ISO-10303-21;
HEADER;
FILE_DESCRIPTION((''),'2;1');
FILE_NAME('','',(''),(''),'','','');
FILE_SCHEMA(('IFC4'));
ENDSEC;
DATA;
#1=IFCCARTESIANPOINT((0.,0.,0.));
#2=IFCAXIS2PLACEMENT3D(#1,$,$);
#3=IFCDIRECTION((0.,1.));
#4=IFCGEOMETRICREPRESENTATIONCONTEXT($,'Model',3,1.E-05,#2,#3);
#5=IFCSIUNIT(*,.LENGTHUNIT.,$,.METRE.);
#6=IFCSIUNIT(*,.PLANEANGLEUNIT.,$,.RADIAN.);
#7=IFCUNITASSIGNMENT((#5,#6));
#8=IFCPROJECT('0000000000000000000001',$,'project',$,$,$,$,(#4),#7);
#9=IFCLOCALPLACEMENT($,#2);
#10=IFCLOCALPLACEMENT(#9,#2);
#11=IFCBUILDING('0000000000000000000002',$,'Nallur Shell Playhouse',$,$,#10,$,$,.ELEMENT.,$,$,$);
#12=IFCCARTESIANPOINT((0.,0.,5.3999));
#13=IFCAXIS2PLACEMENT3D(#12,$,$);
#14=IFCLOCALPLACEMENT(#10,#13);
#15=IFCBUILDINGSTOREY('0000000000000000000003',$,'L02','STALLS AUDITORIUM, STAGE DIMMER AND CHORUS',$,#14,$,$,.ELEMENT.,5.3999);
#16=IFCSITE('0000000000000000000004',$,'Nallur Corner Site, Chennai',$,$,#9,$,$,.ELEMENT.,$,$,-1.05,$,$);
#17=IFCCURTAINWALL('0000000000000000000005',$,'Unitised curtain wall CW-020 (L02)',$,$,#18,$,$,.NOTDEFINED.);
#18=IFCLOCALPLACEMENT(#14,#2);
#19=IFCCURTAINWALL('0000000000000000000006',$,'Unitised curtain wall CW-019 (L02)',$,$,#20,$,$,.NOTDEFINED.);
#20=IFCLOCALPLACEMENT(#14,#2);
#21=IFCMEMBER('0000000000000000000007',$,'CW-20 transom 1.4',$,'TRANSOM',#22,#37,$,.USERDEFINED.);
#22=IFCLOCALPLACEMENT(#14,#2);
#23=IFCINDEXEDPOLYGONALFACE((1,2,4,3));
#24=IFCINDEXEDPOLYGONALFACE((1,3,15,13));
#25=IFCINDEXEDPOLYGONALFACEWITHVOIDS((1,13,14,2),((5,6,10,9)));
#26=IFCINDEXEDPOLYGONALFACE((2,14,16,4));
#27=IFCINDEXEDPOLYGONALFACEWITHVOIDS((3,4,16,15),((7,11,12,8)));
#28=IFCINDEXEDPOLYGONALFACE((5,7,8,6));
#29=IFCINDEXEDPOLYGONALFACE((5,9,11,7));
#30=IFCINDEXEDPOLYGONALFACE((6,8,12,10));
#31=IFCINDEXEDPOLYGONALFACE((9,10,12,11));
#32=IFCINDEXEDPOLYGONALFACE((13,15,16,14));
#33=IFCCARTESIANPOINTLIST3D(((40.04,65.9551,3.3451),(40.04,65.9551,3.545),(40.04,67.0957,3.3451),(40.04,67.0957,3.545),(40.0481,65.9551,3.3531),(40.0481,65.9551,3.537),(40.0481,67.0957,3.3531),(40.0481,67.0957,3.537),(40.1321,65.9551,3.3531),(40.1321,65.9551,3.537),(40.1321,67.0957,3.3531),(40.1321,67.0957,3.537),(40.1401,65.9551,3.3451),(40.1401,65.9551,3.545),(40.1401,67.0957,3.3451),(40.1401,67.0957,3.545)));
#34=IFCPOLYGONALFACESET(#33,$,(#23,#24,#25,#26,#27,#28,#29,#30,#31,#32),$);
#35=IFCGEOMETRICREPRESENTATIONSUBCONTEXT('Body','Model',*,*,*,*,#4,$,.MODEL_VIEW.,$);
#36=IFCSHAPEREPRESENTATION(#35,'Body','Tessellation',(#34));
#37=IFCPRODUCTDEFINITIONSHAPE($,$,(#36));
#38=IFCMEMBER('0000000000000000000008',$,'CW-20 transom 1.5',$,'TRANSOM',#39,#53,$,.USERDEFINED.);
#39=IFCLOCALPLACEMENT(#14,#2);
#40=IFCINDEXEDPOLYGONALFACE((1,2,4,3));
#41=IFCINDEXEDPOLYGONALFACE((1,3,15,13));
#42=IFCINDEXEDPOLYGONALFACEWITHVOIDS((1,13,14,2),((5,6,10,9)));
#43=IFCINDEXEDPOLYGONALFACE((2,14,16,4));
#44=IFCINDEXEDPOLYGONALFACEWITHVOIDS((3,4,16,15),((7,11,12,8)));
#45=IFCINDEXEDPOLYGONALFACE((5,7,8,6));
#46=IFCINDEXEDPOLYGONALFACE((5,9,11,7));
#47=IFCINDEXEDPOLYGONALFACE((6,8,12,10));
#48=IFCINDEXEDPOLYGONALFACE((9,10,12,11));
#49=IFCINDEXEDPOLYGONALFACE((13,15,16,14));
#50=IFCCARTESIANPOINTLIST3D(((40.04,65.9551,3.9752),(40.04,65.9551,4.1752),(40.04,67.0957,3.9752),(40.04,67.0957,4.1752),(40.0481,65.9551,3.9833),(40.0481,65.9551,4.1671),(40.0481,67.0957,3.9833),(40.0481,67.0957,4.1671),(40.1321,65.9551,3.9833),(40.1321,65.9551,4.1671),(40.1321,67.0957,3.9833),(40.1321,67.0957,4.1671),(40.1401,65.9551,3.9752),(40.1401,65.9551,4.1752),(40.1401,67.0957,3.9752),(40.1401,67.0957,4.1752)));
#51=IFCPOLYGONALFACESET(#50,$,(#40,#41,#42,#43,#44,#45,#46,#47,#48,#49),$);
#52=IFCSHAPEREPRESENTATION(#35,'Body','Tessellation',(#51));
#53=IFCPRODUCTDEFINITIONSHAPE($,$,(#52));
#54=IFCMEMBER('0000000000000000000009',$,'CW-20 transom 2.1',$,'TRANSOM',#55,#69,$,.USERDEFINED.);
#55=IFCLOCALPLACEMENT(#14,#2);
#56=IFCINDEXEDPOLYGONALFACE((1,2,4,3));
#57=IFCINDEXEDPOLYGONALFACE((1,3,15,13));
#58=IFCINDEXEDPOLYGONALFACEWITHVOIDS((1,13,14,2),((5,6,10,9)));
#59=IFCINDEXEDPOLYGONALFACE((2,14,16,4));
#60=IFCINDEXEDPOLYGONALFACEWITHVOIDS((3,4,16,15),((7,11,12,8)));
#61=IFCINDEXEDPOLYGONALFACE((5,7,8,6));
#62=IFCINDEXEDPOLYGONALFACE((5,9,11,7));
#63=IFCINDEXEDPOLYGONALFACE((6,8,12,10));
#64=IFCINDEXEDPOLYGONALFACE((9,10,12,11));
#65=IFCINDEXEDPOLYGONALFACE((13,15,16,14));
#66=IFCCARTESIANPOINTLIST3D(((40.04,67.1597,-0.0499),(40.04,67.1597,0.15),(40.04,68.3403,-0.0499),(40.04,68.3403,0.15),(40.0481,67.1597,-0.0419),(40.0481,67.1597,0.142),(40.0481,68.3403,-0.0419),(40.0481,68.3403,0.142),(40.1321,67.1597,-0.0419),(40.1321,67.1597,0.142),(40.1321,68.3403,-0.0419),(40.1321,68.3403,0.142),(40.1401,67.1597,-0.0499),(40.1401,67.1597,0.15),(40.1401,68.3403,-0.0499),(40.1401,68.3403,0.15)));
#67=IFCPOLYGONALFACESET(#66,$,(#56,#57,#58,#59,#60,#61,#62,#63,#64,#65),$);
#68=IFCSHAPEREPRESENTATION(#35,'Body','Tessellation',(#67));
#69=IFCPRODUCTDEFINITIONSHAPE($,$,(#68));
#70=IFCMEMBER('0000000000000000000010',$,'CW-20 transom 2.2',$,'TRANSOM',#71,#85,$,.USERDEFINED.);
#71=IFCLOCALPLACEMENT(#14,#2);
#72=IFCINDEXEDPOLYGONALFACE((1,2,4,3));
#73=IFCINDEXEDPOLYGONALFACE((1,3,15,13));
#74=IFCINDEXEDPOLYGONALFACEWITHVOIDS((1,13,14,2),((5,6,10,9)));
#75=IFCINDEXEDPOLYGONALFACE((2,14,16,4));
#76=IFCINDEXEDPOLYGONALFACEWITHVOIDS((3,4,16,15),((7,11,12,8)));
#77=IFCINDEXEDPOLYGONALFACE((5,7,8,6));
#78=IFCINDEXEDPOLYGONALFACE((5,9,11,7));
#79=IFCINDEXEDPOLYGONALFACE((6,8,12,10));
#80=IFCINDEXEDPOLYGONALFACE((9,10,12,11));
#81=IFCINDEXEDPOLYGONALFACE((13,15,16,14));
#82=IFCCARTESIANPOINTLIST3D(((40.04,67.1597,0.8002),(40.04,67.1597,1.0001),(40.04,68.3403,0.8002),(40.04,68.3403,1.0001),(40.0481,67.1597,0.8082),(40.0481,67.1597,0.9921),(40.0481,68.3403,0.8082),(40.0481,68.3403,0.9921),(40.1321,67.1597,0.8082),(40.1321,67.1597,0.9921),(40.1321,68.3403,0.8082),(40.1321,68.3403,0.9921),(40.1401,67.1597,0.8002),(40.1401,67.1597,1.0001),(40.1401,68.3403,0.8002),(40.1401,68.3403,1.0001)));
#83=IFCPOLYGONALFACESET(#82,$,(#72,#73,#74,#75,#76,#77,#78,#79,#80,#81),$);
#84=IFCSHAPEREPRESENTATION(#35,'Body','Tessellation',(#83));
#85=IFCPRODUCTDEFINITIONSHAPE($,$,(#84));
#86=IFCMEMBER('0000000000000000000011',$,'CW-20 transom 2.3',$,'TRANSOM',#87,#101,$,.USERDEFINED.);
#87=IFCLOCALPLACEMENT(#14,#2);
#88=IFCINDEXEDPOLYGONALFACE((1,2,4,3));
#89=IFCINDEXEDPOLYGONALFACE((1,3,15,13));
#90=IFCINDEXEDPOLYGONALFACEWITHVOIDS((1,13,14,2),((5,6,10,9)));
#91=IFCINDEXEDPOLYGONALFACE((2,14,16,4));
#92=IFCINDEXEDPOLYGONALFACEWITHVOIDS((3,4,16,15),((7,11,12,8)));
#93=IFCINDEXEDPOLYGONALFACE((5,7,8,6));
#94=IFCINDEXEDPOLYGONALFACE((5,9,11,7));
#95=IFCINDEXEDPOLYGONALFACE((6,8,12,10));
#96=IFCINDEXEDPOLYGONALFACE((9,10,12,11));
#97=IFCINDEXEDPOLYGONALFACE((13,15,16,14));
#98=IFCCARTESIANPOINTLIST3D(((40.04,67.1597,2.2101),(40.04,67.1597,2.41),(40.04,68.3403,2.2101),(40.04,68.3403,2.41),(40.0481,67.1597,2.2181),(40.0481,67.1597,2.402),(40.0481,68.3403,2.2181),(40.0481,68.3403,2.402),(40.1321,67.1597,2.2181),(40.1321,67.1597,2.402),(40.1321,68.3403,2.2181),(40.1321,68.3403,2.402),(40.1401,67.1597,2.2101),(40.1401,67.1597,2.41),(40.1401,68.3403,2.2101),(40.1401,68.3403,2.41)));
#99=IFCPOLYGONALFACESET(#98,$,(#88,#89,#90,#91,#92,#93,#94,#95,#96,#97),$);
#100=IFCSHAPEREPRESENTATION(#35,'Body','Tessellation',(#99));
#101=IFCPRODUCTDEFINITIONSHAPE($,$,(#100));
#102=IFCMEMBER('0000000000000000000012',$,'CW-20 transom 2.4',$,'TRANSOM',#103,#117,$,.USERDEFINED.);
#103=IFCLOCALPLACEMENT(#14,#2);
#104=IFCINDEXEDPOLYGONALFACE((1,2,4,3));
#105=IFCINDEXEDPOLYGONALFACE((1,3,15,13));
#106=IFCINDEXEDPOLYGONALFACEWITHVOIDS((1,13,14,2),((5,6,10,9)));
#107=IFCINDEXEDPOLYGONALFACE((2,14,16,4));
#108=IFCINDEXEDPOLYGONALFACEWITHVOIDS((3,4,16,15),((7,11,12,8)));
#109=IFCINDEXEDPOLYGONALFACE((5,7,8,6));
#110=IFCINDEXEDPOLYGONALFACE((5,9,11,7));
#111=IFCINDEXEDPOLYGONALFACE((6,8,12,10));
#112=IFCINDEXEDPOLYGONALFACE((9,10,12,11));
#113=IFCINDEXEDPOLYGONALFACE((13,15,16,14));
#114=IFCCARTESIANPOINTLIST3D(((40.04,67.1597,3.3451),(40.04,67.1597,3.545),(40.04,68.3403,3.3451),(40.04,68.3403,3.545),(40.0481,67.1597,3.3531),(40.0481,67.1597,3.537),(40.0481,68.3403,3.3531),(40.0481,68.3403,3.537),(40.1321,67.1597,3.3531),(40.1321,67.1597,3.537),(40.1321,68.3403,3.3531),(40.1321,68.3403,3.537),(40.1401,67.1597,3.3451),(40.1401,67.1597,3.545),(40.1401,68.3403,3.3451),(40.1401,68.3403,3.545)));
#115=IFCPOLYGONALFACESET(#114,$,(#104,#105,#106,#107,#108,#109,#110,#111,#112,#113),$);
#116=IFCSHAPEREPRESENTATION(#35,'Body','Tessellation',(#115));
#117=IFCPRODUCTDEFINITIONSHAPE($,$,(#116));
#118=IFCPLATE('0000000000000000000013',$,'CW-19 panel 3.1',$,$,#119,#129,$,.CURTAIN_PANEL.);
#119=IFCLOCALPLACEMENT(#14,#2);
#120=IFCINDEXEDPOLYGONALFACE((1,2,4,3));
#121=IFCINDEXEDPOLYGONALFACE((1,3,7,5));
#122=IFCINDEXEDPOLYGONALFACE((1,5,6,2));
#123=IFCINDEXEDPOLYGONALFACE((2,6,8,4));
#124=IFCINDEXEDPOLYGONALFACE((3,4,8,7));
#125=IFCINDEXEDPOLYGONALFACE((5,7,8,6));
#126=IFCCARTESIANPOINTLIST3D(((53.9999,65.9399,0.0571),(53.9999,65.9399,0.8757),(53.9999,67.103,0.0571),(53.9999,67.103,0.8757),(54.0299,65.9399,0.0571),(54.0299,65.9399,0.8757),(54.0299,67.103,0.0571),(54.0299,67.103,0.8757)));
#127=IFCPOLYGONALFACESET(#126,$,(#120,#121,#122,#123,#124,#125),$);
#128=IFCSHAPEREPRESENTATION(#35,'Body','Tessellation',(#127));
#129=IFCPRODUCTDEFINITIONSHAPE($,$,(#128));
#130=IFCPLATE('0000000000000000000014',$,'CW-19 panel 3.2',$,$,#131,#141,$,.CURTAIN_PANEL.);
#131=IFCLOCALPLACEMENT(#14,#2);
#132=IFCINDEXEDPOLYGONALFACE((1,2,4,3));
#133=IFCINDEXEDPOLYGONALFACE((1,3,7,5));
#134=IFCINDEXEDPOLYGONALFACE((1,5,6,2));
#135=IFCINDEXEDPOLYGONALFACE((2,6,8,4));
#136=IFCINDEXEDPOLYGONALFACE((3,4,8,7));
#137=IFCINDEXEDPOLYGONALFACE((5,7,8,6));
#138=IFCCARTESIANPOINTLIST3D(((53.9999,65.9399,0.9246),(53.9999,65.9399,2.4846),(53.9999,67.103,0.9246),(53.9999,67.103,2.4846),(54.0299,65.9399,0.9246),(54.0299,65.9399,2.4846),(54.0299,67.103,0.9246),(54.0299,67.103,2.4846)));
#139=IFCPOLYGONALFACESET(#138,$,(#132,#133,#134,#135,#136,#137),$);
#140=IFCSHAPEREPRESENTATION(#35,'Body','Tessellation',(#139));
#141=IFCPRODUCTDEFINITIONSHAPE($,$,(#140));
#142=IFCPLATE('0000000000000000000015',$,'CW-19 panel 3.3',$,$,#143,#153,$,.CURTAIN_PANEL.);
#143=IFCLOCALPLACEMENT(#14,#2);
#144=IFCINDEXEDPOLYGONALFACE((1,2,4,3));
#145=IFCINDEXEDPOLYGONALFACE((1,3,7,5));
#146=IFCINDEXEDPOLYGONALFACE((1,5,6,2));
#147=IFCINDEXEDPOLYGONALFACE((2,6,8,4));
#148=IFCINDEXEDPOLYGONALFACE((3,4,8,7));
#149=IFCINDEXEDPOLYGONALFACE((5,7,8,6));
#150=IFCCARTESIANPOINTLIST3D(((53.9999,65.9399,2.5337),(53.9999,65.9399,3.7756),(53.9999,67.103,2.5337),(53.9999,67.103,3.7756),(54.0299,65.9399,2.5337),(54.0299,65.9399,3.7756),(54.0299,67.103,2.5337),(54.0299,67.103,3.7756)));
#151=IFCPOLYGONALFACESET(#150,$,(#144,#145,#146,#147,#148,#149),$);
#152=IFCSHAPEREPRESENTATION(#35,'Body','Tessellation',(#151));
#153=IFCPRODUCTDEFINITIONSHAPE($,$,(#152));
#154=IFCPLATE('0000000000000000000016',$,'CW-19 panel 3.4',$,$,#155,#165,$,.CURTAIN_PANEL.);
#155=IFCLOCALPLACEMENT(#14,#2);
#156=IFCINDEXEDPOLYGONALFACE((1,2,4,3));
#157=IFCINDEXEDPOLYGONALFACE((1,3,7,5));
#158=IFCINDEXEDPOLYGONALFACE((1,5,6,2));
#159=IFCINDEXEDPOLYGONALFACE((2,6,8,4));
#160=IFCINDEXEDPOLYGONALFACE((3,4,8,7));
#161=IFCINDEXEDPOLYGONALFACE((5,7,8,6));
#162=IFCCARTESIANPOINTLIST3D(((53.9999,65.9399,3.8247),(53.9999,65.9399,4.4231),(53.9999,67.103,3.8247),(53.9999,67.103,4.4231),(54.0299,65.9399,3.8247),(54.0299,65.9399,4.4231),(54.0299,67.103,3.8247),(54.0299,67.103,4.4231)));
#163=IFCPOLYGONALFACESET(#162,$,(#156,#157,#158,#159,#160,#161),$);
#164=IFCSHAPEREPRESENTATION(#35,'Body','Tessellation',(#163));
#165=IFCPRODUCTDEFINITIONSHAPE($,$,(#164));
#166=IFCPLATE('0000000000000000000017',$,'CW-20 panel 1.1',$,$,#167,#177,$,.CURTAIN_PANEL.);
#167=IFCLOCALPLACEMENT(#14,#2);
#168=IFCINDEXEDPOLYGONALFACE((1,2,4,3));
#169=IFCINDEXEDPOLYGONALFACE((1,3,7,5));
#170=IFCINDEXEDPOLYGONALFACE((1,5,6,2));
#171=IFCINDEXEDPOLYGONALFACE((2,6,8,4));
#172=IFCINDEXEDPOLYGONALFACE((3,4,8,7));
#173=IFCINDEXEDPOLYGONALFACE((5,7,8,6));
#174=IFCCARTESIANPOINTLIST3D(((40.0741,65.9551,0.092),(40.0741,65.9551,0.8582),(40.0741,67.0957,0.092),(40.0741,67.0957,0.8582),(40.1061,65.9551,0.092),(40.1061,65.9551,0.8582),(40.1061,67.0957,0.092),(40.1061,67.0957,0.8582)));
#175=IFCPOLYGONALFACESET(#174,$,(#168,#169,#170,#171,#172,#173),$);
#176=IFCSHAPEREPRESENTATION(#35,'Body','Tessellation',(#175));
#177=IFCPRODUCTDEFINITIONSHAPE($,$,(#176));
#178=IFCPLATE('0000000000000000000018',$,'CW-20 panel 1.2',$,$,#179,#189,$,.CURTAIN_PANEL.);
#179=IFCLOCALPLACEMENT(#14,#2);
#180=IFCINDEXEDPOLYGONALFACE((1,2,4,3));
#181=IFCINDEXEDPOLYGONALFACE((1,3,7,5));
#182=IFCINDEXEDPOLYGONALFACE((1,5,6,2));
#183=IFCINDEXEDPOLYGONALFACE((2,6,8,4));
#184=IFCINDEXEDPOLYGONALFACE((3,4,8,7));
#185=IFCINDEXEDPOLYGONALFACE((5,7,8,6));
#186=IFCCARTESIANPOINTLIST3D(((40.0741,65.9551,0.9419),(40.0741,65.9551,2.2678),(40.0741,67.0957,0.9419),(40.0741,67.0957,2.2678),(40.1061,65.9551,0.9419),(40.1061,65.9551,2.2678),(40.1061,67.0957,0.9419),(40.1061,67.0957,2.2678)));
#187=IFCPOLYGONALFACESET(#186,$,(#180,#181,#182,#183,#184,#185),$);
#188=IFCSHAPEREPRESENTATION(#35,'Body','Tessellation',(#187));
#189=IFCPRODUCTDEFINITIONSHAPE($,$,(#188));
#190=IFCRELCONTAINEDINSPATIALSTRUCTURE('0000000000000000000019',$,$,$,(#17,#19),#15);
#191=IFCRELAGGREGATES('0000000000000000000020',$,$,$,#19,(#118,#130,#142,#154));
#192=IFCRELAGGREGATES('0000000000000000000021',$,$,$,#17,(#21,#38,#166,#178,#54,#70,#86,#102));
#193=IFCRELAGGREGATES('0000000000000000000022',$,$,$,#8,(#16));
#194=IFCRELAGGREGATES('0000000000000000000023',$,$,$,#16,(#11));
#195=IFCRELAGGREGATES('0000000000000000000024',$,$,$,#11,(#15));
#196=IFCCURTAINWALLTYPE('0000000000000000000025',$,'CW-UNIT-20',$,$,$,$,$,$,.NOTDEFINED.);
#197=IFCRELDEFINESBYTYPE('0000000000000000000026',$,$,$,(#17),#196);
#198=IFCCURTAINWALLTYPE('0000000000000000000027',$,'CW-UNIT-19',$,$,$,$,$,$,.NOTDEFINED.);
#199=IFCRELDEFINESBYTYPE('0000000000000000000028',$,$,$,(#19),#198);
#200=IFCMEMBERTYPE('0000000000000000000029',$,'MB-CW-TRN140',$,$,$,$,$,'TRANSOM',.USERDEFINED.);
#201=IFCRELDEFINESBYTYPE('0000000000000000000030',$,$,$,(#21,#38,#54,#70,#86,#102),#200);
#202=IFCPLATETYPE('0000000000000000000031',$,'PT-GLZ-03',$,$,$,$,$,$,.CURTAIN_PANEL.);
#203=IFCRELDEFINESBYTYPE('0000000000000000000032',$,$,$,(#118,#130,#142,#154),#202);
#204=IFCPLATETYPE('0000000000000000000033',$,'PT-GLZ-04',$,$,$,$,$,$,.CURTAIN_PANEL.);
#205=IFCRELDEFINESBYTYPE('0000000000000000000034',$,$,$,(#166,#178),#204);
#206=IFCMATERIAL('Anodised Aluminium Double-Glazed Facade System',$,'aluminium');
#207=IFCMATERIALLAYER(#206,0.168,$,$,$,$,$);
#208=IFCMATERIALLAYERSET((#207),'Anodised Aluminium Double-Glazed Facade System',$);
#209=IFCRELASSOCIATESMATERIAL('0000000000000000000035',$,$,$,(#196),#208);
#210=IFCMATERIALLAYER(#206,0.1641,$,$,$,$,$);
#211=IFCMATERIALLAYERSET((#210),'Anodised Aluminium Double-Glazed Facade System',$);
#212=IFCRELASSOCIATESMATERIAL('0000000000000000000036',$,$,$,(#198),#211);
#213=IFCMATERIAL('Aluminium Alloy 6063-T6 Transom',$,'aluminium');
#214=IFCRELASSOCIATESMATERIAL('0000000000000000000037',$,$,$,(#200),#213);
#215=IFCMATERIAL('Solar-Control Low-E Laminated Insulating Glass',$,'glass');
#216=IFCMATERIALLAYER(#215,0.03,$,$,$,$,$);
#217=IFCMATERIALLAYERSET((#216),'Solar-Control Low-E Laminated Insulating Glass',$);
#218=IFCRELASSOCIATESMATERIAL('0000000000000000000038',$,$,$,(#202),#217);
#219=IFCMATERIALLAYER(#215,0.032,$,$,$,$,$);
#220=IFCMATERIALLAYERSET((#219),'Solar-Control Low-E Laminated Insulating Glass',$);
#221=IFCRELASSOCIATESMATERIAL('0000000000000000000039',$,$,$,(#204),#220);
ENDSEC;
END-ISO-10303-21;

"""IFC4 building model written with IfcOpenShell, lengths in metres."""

from ifc_helpers import new_model, si_unit, direction, frame, origin, origin_2d, place, context, subcontext, project, spatial, rectangle, hollow_rectangle, extrude, material, layer, layer_set, material_profile, profile_set, type_object, element, aggregate, save


model = new_model("IFC4")

# Units and contexts
model_context = context("Model", 3, precision=1e-05, world=origin(), true_north=direction((0.0, 1.0)))
body_context = subcontext(model_context, "Body", "Model", "MODEL_VIEW")
ifc_project = project(units=[si_unit("LENGTHUNIT", "METRE"), si_unit("PLANEANGLEUNIT", "RADIAN")], contexts=[model_context])

# Site, building, storey
site_placement = place(None, origin())
site = spatial("IfcSite", under=ifc_project, at=site_placement, Name="Nallur Corner Site, Chennai", CompositionType="ELEMENT", RefElevation=-1.05)
building_placement = place(site_placement, origin())
building = spatial("IfcBuilding", under=site, at=building_placement, Name="Nallur Shell Playhouse", CompositionType="ELEMENT")
storey_placement = place(building_placement, frame((0.0, 0.0, 5.3999)))
storey = spatial("IfcBuildingStorey", under=building, at=storey_placement, Name="L02", Description="STALLS AUDITORIUM, STAGE DIMMER AND CHORUS", CompositionType="ELEMENT", Elevation=5.3999)

# Curtain walls
ifc_material_1 = material(Name="Anodised Aluminium Double-Glazed Facade System", Category="aluminium")
ifc_layer_1 = layer(ifc_material_1, 0.168)
ifc_layer_set_1 = layer_set([ifc_layer_1], Name="Anodised Aluminium Double-Glazed Facade System")
curtain_wall_type_1 = type_object("IfcCurtainWallType", Name="CW-UNIT-20", PredefinedType="NOTDEFINED", material=ifc_layer_set_1)
curtain_wall_1_placement = place(storey_placement, origin())
curtain_wall_1 = element("IfcCurtainWall", 1, at=curtain_wall_1_placement, inside=storey, type_object=curtain_wall_type_1, Name="Unitised curtain wall CW-020 (L02)", PredefinedType="NOTDEFINED")
ifc_layer_2 = layer(ifc_material_1, 0.1641)
ifc_layer_set_2 = layer_set([ifc_layer_2], Name="Anodised Aluminium Double-Glazed Facade System")
curtain_wall_type_2 = type_object("IfcCurtainWallType", Name="CW-UNIT-19", PredefinedType="NOTDEFINED", material=ifc_layer_set_2)
curtain_wall_2_placement = place(storey_placement, origin())
curtain_wall_2 = element("IfcCurtainWall", 2, at=curtain_wall_2_placement, inside=storey, type_object=curtain_wall_type_2, Name="Unitised curtain wall CW-019 (L02)", PredefinedType="NOTDEFINED")
ifc_material_2 = material(Name="Aluminium Alloy 6063-T6 Transom", Category="aluminium")

# Members
ifc_material_profile_1 = material_profile(ifc_material_2, hollow_rectangle(XDim=0.1001, YDim=0.2, WallThickness=0.0081, at=origin_2d()), Name="RHS 200x100x8")
ifc_profile_set_1 = profile_set([ifc_material_profile_1], Name="Aluminium Alloy 6063-T6 Transom")
member_type_1 = type_object("IfcMemberType", Name="MB-CW-TRN140", ElementType="TRANSOM", PredefinedType="USERDEFINED", material=ifc_profile_set_1)
member_1_placement = place(storey_placement, frame((40.0901, 65.9551, 3.4451), z_axis=(0.0, 1.0, 0.0), x_axis=(-1.0, 0.0, 0.0)))
member_1 = element("IfcMember", 3, at=member_1_placement, type_object=member_type_1, Name="CW-20 transom 1.4", ObjectType="TRANSOM", PredefinedType="USERDEFINED", context=body_context, shape_type="SweptSolid", body=[
    extrude(hollow_rectangle(XDim=0.1001, YDim=0.2, WallThickness=0.0081, at=origin_2d()), origin(), (0.0, 0.0, 1.0), 1.1406),
])
member_2_placement = place(storey_placement, frame((40.0901, 65.9551, 4.0752), z_axis=(0.0, 1.0, 0.0), x_axis=(-1.0, 0.0, 0.0)))
member_2 = element("IfcMember", 4, at=member_2_placement, type_object=member_type_1, Name="CW-20 transom 1.5", ObjectType="TRANSOM", PredefinedType="USERDEFINED", context=body_context, shape_type="SweptSolid", body=[
    extrude(hollow_rectangle(XDim=0.1001, YDim=0.2, WallThickness=0.0081, at=origin_2d()), origin(), (0.0, 0.0, 1.0), 1.1406),
])
member_3_placement = place(storey_placement, frame((40.0901, 67.1597, 0.05), z_axis=(0.0, 1.0, 0.0), x_axis=(-1.0, 0.0, 0.0)))
member_3 = element("IfcMember", 5, at=member_3_placement, type_object=member_type_1, Name="CW-20 transom 2.1", ObjectType="TRANSOM", PredefinedType="USERDEFINED", context=body_context, shape_type="SweptSolid", body=[
    extrude(hollow_rectangle(XDim=0.1001, YDim=0.2, WallThickness=0.0081, at=origin_2d()), origin(), (0.0, 0.0, 1.0), 1.1807),
])
member_4_placement = place(storey_placement, frame((40.0901, 67.1597, 0.9001), z_axis=(0.0, 1.0, 0.0), x_axis=(-1.0, 0.0, 0.0)))
member_4 = element("IfcMember", 6, at=member_4_placement, type_object=member_type_1, Name="CW-20 transom 2.2", ObjectType="TRANSOM", PredefinedType="USERDEFINED", context=body_context, shape_type="SweptSolid", body=[
    extrude(hollow_rectangle(XDim=0.1001, YDim=0.2, WallThickness=0.0081, at=origin_2d()), origin(), (0.0, 0.0, 1.0), 1.1807),
])
member_5_placement = place(storey_placement, frame((40.0901, 67.1597, 2.3101), z_axis=(0.0, 1.0, 0.0), x_axis=(-1.0, 0.0, 0.0)))
member_5 = element("IfcMember", 7, at=member_5_placement, type_object=member_type_1, Name="CW-20 transom 2.3", ObjectType="TRANSOM", PredefinedType="USERDEFINED", context=body_context, shape_type="SweptSolid", body=[
    extrude(hollow_rectangle(XDim=0.1001, YDim=0.2, WallThickness=0.0081, at=origin_2d()), origin(), (0.0, 0.0, 1.0), 1.1807),
])
member_6_placement = place(storey_placement, frame((40.0901, 67.1597, 3.4451), z_axis=(0.0, 1.0, 0.0), x_axis=(-1.0, 0.0, 0.0)))
member_6 = element("IfcMember", 8, at=member_6_placement, type_object=member_type_1, Name="CW-20 transom 2.4", ObjectType="TRANSOM", PredefinedType="USERDEFINED", context=body_context, shape_type="SweptSolid", body=[
    extrude(hollow_rectangle(XDim=0.1001, YDim=0.2, WallThickness=0.0081, at=origin_2d()), origin(), (0.0, 0.0, 1.0), 1.1807),
])

# Plates
ifc_material_3 = material(Name="Solar-Control Low-E Laminated Insulating Glass", Category="glass")
ifc_layer_3 = layer(ifc_material_3, 0.03)
ifc_layer_set_3 = layer_set([ifc_layer_3], Name="Solar-Control Low-E Laminated Insulating Glass")
plate_type_1 = type_object("IfcPlateType", Name="PT-GLZ-03", PredefinedType="CURTAIN_PANEL", material=ifc_layer_set_3)
plate_1_placement = place(storey_placement, frame((54.0149, 66.5215, 0.0571), z_axis=(0.0, 0.0, 1.0), x_axis=(0.0, -1.0, 0.0)))
plate_1 = element("IfcPlate", 9, at=plate_1_placement, type_object=plate_type_1, Name="CW-19 panel 3.1", PredefinedType="CURTAIN_PANEL", context=body_context, shape_type="SweptSolid", body=[
    extrude(rectangle(XDim=1.1631, YDim=0.03, at=origin_2d()), origin(), (0.0, 0.0, 1.0), 0.8186),
])
plate_2_placement = place(storey_placement, frame((54.0149, 66.5215, 0.9246), z_axis=(0.0, 0.0, 1.0), x_axis=(0.0, -1.0, 0.0)))
plate_2 = element("IfcPlate", 10, at=plate_2_placement, type_object=plate_type_1, Name="CW-19 panel 3.2", PredefinedType="CURTAIN_PANEL", context=body_context, shape_type="SweptSolid", body=[
    extrude(rectangle(XDim=1.1631, YDim=0.03, at=origin_2d()), origin(), (0.0, 0.0, 1.0), 1.5601),
])
plate_3_placement = place(storey_placement, frame((54.0149, 66.5215, 2.5337), z_axis=(0.0, 0.0, 1.0), x_axis=(0.0, -1.0, 0.0)))
plate_3 = element("IfcPlate", 11, at=plate_3_placement, type_object=plate_type_1, Name="CW-19 panel 3.3", PredefinedType="CURTAIN_PANEL", context=body_context, shape_type="SweptSolid", body=[
    extrude(rectangle(XDim=1.1631, YDim=0.03, at=origin_2d()), origin(), (0.0, 0.0, 1.0), 1.2419),
])
plate_4_placement = place(storey_placement, frame((54.0149, 66.5215, 3.8247), z_axis=(0.0, 0.0, 1.0), x_axis=(0.0, -1.0, 0.0)))
plate_4 = element("IfcPlate", 12, at=plate_4_placement, type_object=plate_type_1, Name="CW-19 panel 3.4", PredefinedType="CURTAIN_PANEL", context=body_context, shape_type="SweptSolid", body=[
    extrude(rectangle(XDim=1.1631, YDim=0.03, at=origin_2d()), origin(), (0.0, 0.0, 1.0), 0.5984),
])
aggregate(curtain_wall_2, [plate_1, plate_2, plate_3, plate_4])
ifc_layer_4 = layer(ifc_material_3, 0.032)
ifc_layer_set_4 = layer_set([ifc_layer_4], Name="Solar-Control Low-E Laminated Insulating Glass")
plate_type_2 = type_object("IfcPlateType", Name="PT-GLZ-04", PredefinedType="CURTAIN_PANEL", material=ifc_layer_set_4)
plate_5_placement = place(storey_placement, frame((40.0901, 66.5254, 0.092), z_axis=(0.0, 0.0, 1.0), x_axis=(0.0, 1.0, 0.0)))
plate_5 = element("IfcPlate", 13, at=plate_5_placement, type_object=plate_type_2, Name="CW-20 panel 1.1", PredefinedType="CURTAIN_PANEL", context=body_context, shape_type="SweptSolid", body=[
    extrude(rectangle(XDim=1.1406, YDim=0.032, at=origin_2d()), origin(), (0.0, 0.0, 1.0), 0.7661),
])
plate_6_placement = place(storey_placement, frame((40.0901, 66.5254, 0.9419), z_axis=(0.0, 0.0, 1.0), x_axis=(0.0, 1.0, 0.0)))
plate_6 = element("IfcPlate", 14, at=plate_6_placement, type_object=plate_type_2, Name="CW-20 panel 1.2", PredefinedType="CURTAIN_PANEL", context=body_context, shape_type="SweptSolid", body=[
    extrude(rectangle(XDim=1.1406, YDim=0.032, at=origin_2d()), origin(), (0.0, 0.0, 1.0), 1.3259),
])
aggregate(curtain_wall_1, [member_1, member_2, plate_5, plate_6, member_3, member_4, member_5, member_6])

save(model, "model.ifc")
